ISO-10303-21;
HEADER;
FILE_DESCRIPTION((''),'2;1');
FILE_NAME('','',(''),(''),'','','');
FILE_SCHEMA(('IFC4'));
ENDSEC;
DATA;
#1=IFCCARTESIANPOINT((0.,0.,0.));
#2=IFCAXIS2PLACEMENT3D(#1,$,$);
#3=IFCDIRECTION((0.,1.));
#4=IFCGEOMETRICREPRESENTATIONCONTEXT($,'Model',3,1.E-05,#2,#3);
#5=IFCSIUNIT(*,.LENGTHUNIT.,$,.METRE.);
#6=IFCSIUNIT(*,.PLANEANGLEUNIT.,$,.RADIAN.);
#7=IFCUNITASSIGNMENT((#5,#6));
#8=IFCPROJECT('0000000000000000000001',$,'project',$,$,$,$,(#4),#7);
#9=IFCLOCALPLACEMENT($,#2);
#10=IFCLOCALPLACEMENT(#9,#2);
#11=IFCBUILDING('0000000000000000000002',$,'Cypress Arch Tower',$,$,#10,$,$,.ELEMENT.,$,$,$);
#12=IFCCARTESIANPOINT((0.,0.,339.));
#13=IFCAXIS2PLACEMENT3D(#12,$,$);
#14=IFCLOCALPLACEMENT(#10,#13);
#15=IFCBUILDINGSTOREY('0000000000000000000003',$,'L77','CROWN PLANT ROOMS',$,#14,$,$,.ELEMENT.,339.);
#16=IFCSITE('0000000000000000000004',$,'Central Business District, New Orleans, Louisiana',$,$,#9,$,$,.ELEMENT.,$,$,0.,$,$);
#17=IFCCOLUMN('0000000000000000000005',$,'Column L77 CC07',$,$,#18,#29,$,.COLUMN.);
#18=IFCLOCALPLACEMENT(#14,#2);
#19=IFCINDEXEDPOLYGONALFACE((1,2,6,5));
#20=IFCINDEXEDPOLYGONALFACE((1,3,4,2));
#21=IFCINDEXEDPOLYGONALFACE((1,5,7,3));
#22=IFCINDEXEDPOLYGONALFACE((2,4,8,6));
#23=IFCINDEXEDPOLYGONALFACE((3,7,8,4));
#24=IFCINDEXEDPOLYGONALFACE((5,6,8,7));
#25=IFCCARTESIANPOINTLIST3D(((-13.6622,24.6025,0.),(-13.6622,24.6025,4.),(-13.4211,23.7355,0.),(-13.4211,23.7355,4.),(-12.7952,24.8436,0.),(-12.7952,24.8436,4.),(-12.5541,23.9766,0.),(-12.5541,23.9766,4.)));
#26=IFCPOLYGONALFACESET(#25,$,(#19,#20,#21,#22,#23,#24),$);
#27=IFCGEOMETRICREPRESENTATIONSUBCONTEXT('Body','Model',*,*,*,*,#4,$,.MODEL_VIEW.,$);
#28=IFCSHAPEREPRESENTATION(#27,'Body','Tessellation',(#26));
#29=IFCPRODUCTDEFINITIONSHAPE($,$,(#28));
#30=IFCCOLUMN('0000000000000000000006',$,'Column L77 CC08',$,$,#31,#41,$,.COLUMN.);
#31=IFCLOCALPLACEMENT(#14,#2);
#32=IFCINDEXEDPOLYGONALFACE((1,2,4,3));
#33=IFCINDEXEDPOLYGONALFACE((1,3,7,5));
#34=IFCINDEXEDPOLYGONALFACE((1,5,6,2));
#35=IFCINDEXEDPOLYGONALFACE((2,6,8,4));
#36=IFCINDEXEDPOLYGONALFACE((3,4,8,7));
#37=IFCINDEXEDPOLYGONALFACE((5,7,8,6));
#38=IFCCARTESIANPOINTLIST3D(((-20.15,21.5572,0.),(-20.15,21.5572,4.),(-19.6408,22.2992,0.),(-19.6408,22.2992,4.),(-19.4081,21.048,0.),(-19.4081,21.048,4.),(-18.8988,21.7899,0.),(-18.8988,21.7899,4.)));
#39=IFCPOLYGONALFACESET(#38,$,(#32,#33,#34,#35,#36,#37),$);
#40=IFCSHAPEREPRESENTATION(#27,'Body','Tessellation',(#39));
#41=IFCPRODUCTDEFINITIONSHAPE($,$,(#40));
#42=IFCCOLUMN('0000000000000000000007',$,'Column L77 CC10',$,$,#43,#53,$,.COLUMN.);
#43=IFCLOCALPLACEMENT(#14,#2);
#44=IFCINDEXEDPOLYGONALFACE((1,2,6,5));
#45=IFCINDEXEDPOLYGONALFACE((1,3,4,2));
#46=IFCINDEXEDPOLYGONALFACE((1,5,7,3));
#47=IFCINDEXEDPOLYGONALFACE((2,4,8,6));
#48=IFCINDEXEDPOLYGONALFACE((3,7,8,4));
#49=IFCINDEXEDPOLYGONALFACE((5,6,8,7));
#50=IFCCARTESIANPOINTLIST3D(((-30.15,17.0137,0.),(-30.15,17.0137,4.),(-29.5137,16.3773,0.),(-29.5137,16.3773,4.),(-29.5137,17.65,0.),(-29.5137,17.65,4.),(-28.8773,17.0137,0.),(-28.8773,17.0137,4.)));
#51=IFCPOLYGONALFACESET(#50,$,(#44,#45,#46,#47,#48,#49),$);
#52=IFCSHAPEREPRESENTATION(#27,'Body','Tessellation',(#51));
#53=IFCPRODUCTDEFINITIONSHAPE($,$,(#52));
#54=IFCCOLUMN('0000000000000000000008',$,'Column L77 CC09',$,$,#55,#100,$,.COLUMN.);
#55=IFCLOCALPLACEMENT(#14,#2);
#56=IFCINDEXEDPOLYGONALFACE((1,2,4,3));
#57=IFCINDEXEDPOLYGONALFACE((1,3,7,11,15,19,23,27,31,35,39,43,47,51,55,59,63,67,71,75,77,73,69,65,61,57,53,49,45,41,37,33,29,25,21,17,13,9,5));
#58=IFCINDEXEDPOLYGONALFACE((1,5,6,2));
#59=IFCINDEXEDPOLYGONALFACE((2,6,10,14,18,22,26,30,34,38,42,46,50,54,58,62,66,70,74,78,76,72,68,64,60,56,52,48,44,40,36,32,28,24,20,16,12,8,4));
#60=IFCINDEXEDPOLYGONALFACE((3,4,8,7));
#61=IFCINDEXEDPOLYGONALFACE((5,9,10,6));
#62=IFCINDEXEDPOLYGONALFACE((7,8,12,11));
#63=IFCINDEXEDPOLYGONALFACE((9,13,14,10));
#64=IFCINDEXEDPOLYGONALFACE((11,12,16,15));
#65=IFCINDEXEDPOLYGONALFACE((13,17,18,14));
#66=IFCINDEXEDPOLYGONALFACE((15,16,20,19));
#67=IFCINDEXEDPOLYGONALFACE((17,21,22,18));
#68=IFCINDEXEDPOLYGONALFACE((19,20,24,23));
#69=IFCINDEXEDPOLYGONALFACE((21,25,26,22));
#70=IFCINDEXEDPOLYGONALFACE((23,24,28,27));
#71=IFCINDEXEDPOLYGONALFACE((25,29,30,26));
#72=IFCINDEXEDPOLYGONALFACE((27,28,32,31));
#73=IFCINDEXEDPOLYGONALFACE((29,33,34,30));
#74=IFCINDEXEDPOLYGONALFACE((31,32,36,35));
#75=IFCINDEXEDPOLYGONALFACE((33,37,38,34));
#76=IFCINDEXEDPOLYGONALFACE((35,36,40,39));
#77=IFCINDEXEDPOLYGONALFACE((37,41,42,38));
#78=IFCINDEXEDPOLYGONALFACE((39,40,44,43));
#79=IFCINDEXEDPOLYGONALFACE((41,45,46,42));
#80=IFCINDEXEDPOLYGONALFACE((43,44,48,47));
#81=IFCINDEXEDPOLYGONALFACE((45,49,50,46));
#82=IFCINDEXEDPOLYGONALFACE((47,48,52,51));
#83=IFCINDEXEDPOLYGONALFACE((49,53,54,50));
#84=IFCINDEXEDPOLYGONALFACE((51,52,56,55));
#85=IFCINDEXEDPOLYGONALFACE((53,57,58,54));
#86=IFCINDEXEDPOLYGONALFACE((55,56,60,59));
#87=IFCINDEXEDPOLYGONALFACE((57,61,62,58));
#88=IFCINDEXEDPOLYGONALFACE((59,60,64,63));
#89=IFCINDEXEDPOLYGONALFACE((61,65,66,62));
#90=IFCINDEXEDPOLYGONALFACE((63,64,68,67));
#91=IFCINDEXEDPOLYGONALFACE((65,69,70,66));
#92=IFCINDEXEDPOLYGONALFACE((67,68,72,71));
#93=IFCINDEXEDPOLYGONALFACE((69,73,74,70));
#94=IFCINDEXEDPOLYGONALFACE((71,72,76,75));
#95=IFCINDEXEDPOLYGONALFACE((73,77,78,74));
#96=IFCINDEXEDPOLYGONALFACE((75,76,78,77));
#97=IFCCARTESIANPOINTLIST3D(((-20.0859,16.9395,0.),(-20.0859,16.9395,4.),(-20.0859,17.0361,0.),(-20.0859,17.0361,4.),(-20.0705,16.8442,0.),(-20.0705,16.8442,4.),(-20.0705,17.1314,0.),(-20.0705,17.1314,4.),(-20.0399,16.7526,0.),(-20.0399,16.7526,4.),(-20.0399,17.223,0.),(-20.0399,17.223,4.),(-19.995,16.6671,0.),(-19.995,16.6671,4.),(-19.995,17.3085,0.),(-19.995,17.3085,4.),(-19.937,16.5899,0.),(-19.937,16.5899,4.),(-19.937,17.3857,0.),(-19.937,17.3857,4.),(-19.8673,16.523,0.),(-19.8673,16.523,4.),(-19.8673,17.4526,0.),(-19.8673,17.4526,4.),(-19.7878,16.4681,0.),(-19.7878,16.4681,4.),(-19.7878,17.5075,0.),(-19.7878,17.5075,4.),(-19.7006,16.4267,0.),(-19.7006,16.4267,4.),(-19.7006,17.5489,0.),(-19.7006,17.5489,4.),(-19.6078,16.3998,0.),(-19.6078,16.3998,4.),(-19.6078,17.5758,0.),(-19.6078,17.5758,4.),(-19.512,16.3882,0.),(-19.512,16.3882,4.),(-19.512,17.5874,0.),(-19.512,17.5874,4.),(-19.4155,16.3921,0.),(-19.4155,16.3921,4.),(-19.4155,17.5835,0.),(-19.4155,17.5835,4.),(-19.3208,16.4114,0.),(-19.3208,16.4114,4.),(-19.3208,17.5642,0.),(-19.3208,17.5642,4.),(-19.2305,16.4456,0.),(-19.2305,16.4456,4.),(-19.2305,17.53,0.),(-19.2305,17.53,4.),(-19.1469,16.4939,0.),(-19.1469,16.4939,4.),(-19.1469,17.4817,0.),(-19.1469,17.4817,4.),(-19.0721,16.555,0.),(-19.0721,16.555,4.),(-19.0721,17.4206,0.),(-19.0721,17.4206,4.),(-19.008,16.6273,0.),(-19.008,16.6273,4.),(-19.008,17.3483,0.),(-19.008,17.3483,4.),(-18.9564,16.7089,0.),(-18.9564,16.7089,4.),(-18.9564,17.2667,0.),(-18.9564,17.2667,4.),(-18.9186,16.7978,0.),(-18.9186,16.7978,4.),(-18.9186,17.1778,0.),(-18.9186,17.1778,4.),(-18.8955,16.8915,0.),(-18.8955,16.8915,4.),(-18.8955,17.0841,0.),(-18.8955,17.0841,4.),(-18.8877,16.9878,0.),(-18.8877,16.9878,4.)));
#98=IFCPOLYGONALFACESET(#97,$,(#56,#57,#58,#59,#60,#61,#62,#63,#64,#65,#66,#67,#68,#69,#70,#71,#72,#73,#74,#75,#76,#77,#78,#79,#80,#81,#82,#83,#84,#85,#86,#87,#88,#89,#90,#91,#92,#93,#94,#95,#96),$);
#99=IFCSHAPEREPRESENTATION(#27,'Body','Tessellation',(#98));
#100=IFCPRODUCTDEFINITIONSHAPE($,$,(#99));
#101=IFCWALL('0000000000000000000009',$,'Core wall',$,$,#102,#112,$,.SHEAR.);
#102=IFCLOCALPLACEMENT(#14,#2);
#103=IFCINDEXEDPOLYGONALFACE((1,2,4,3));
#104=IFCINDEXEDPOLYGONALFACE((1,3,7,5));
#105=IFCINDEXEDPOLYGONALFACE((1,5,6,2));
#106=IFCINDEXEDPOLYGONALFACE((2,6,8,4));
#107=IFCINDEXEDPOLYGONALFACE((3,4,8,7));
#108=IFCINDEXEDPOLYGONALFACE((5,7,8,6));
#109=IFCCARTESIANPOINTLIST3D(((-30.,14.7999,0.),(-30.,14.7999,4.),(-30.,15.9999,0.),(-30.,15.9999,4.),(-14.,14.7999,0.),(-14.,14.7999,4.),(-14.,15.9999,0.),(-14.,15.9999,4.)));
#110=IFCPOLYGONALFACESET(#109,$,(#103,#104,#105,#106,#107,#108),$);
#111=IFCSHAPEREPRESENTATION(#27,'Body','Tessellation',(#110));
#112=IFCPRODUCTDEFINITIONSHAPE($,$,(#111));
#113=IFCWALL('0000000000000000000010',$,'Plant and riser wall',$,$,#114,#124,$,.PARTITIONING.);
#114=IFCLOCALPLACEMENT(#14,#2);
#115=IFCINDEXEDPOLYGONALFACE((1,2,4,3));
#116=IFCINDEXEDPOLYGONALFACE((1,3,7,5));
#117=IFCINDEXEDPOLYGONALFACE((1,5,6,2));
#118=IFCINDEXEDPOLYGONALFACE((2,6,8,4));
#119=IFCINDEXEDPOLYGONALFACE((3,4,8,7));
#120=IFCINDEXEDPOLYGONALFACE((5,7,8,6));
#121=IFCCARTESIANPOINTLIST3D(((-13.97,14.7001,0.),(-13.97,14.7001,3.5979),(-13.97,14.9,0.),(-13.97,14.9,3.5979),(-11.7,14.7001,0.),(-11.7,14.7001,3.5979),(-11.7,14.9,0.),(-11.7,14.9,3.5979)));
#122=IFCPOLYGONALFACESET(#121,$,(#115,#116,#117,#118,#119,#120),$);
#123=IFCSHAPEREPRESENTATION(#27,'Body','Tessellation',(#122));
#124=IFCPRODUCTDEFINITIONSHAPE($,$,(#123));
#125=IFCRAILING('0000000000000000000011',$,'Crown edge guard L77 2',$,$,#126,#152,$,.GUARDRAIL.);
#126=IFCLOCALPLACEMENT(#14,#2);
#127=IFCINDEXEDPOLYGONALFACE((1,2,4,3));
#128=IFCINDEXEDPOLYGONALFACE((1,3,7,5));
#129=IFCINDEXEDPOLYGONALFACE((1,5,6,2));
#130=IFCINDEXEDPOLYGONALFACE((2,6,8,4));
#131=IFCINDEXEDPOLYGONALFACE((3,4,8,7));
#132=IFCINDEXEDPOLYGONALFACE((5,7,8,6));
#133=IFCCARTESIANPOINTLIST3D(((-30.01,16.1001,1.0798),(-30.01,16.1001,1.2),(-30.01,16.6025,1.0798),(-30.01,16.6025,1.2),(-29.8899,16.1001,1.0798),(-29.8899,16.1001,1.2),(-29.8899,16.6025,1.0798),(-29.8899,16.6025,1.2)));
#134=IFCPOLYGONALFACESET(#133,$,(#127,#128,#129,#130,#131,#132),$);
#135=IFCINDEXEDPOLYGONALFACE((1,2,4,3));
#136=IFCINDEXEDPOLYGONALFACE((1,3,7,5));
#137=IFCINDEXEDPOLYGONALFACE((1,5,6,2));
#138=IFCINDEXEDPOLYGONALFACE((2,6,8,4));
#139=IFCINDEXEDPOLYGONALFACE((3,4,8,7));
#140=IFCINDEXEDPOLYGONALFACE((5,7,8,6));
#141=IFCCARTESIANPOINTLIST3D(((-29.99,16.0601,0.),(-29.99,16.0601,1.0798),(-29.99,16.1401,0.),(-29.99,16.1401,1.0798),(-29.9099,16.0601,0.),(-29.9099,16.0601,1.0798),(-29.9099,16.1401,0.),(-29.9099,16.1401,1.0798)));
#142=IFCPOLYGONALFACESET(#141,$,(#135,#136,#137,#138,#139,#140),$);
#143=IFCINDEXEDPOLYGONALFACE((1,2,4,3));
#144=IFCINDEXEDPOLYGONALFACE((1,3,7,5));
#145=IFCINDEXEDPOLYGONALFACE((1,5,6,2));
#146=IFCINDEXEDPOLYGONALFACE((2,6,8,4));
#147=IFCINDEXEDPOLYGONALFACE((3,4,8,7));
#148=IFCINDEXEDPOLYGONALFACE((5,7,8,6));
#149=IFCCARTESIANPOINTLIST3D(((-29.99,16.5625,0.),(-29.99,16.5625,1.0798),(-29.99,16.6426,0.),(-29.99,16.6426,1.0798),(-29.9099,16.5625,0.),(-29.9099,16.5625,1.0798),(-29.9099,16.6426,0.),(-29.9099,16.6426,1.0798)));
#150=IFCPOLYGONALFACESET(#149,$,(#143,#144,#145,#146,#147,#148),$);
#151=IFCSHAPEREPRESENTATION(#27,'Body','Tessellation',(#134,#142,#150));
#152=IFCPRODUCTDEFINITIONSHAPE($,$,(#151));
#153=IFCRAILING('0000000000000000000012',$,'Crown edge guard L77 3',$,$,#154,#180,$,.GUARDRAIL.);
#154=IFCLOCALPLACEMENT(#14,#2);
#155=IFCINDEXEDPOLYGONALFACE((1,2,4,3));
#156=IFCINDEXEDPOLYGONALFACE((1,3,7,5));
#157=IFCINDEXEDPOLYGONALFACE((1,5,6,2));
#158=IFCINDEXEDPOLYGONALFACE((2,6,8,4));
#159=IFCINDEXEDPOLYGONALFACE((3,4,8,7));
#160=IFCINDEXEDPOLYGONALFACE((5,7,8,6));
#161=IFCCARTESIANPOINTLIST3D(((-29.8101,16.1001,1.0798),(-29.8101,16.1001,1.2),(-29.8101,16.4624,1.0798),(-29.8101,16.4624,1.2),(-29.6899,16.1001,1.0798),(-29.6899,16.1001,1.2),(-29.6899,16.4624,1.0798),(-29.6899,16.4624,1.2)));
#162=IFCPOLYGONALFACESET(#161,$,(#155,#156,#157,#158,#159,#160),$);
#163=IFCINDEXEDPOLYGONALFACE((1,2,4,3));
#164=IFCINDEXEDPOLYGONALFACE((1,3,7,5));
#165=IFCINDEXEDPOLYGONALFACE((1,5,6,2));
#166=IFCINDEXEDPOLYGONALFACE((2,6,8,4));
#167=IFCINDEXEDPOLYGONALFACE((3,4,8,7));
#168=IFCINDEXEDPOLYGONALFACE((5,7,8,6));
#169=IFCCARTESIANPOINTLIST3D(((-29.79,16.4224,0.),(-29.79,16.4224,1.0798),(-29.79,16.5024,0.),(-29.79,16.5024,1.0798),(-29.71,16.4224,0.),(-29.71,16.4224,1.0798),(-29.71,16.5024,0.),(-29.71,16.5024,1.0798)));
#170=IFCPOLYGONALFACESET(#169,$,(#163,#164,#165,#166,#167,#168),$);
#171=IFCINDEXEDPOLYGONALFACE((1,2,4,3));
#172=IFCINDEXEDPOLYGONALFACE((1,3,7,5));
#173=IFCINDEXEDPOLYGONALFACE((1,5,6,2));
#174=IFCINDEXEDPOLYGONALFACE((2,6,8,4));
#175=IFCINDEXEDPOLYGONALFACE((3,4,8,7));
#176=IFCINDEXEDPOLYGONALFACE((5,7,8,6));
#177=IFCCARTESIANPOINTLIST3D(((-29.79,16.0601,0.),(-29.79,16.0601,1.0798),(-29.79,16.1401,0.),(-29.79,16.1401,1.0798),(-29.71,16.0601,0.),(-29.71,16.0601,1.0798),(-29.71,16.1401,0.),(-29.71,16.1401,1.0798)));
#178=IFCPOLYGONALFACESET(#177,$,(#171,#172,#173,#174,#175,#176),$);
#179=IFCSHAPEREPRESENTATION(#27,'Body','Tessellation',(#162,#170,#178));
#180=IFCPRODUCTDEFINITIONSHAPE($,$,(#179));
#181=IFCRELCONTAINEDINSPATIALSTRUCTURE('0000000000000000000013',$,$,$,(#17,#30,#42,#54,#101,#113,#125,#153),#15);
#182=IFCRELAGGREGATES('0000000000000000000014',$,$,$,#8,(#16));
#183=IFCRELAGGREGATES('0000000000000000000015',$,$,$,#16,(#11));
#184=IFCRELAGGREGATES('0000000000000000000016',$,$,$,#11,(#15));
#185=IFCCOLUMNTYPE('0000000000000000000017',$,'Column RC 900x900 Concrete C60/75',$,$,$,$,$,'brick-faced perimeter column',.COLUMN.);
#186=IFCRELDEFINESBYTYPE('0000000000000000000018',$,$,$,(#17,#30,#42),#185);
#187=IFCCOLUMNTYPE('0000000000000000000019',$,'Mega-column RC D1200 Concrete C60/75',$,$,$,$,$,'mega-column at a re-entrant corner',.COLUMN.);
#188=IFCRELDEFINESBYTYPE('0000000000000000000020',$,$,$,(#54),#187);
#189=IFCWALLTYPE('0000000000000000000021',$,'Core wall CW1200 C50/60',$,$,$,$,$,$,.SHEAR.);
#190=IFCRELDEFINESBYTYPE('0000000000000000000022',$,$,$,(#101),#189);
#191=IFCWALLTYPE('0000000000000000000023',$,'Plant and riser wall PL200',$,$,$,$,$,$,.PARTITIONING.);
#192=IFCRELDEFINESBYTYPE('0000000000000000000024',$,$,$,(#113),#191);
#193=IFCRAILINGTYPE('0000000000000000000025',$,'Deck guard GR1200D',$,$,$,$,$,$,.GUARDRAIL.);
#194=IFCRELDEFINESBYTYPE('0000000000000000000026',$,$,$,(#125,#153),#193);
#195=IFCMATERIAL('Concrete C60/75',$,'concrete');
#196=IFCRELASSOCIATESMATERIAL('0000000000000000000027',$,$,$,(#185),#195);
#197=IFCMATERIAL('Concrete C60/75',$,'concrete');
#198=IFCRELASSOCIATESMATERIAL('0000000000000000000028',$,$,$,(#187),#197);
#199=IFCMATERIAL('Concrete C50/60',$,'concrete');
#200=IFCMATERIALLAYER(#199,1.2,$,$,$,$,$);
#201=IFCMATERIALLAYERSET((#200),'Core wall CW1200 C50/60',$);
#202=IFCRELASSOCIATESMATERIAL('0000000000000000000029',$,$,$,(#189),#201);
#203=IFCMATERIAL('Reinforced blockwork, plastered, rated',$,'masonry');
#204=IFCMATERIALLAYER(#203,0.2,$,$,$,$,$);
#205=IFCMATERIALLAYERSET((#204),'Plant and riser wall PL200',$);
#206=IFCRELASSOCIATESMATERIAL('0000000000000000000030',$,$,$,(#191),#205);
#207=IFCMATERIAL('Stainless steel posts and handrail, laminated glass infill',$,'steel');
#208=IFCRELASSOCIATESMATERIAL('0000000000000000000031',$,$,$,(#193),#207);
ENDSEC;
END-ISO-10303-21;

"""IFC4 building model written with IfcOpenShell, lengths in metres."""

from ifc_helpers import new_model, si_unit, direction, frame, frame_2d, origin, origin_2d, place, context, subcontext, project, spatial, rectangle, circle, extrude, material, layer, layer_set, material_profile, profile_set, type_object, element, save


model = new_model("IFC4")

# Units and contexts
model_context = context("Model", 3, precision=1e-05, world=origin(), true_north=direction((0.0, 1.0)))
body_context = subcontext(model_context, "Body", "Model", "MODEL_VIEW")
ifc_project = project(units=[si_unit("LENGTHUNIT", "METRE"), si_unit("PLANEANGLEUNIT", "RADIAN")], contexts=[model_context])

# Site, building, storey
site_placement = place(None, origin())
site = spatial("IfcSite", under=ifc_project, at=site_placement, Name="Central Business District, New Orleans, Louisiana", CompositionType="ELEMENT", RefElevation=0.0)
building_placement = place(site_placement, origin())
building = spatial("IfcBuilding", under=site, at=building_placement, Name="Cypress Arch Tower", CompositionType="ELEMENT")
storey_placement = place(building_placement, frame((0.0, 0.0, 339.0)))
storey = spatial("IfcBuildingStorey", under=building, at=storey_placement, Name="L77", Description="CROWN PLANT ROOMS", CompositionType="ELEMENT", Elevation=339.0)

# Columns
ifc_material_1 = material(Name="Concrete C60/75", Category="concrete")
ifc_material_profile_1 = material_profile(ifc_material_1, rectangle(XDim=0.8999, YDim=0.8999, at=origin_2d()), Name="RC 900x900")
ifc_profile_set_1 = profile_set([ifc_material_profile_1], Name="Concrete C60/75")
column_type_1 = type_object("IfcColumnType", Name="Column RC 900x900 Concrete C60/75", ElementType="brick-faced perimeter column", PredefinedType="COLUMN", material=ifc_profile_set_1)
for number, where, z_axis, x_axis, name in (
    (1, (-13.1082, 24.2896, 0.0), (0.0, 0.0, 1.0), (-0.963456, -0.267868, 0.0), "Column L77 CC07"),
    (2, (-19.5244, 21.6736, 0.0), (0.0, 0.0, 1.0), (-0.565893, -0.824479, 0.0), "Column L77 CC08"),
    (3, (-29.5137, 17.0137, 0.0), (0.0, 0.0, 1.0), (-0.707107, -0.707107, 0.0), "Column L77 CC10"),
):
    element("IfcColumn", number, at=place(storey_placement, frame(where, z_axis=z_axis, x_axis=x_axis)), inside=storey, type_object=column_type_1, Name=name, PredefinedType="COLUMN", context=body_context, shape_type="SweptSolid", body=[
        extrude(rectangle(XDim=0.8999, YDim=0.8999, at=origin_2d()), origin(), (0.0, 0.0, 1.0), 4.0),
    ])
ifc_material_2 = material(Name="Concrete C60/75", Category="concrete")
ifc_material_profile_2 = material_profile(ifc_material_2, circle(Radius=0.6001, at=origin_2d()), Name="RC D1200")
ifc_profile_set_2 = profile_set([ifc_material_profile_2], Name="Concrete C60/75")
column_type_2 = type_object("IfcColumnType", Name="Mega-column RC D1200 Concrete C60/75", ElementType="mega-column at a re-entrant corner", PredefinedType="COLUMN", material=ifc_profile_set_2)
column_placement = place(storey_placement, frame((-19.4878, 16.9878, 0.0), z_axis=(0.0, 0.0, 1.0), x_axis=(1.0, 0.0, 0.0)))
element("IfcColumn", 4, at=column_placement, inside=storey, type_object=column_type_2, Name="Column L77 CC09", PredefinedType="COLUMN", context=body_context, shape_type="SweptSolid", body=[
    extrude(circle(Radius=0.6001, at=origin_2d()), origin(), (0.0, 0.0, 1.0), 4.0),
])

# Walls
ifc_material_3 = material(Name="Concrete C50/60", Category="concrete")
ifc_layer_1 = layer(ifc_material_3, 1.2)
ifc_layer_set_1 = layer_set([ifc_layer_1], Name="Core wall CW1200 C50/60")
wall_type_1 = type_object("IfcWallType", Name="Core wall CW1200 C50/60", PredefinedType="SHEAR", material=ifc_layer_set_1)
wall_1_placement = place(storey_placement, frame((-30.0, 15.3999, 0.0), z_axis=(0.0, 0.0, 1.0), x_axis=(1.0, 0.0, 0.0)))
element("IfcWall", 5, at=wall_1_placement, inside=storey, type_object=wall_type_1, Name="Core wall", PredefinedType="SHEAR", context=body_context, shape_type="SweptSolid", body=[
    extrude(rectangle(XDim=16.0, YDim=1.2, at=frame_2d((8.0, 0.0))), origin(), (0.0, 0.0, 1.0), 4.0),
])
ifc_material_4 = material(Name="Reinforced blockwork, plastered, rated", Category="masonry")
ifc_layer_2 = layer(ifc_material_4, 0.2)
ifc_layer_set_2 = layer_set([ifc_layer_2], Name="Plant and riser wall PL200")
wall_type_2 = type_object("IfcWallType", Name="Plant and riser wall PL200", PredefinedType="PARTITIONING", material=ifc_layer_set_2)
wall_2_placement = place(storey_placement, frame((-13.97, 14.8, 0.0), z_axis=(0.0, 0.0, 1.0), x_axis=(1.0, 0.0, 0.0)))
element("IfcWall", 6, at=wall_2_placement, inside=storey, type_object=wall_type_2, Name="Plant and riser wall", PredefinedType="PARTITIONING", context=body_context, shape_type="SweptSolid", body=[
    extrude(rectangle(XDim=2.27, YDim=0.2, at=frame_2d((1.135, 0.0))), origin(), (0.0, 0.0, 1.0), 3.5979),
])

# Railings
ifc_material_5 = material(Name="Stainless steel posts and handrail, laminated glass infill", Category="steel")
railing_type_1 = type_object("IfcRailingType", Name="Deck guard GR1200D", PredefinedType="GUARDRAIL", material=ifc_material_5)
railing_1_placement = place(storey_placement, frame((-29.95, 16.1001, 0.0)))
element("IfcRailing", 7, at=railing_1_placement, inside=storey, type_object=railing_type_1, Name="Crown edge guard L77 2", PredefinedType="GUARDRAIL", context=body_context, shape_type="SweptSolid", body=[
    extrude(rectangle(XDim=0.1201, YDim=0.1201, at=origin_2d()), frame((0.0, 0.0, 1.1399), z_axis=(0.0, 1.0, 0.0), x_axis=(-1.0, 0.0, 0.0)), (0.0, 0.0, 1.0), 0.5024),
    extrude(rectangle(XDim=0.0801, YDim=0.0801, at=origin_2d()), origin(), (0.0, 0.0, 1.0), 1.0798),
    extrude(rectangle(XDim=0.0801, YDim=0.0801, at=origin_2d()), frame((0.0, 0.5024, 0.0)), (0.0, 0.0, 1.0), 1.0798),
])
railing_2_placement = place(storey_placement, frame((-29.75, 16.4624, 0.0)))
element("IfcRailing", 8, at=railing_2_placement, inside=storey, type_object=railing_type_1, Name="Crown edge guard L77 3", PredefinedType="GUARDRAIL", context=body_context, shape_type="SweptSolid", body=[
    extrude(rectangle(XDim=0.1201, YDim=0.1201, at=origin_2d()), frame((0.0, 0.0, 1.1399), z_axis=(0.0, -1.0, 0.0), x_axis=(1.0, 0.0, 0.0)), (0.0, 0.0, 1.0), 0.3623),
    extrude(rectangle(XDim=0.0801, YDim=0.0801, at=origin_2d()), origin(), (0.0, 0.0, 1.0), 1.0798),
    extrude(rectangle(XDim=0.0801, YDim=0.0801, at=origin_2d()), frame((0.0, -0.3623, 0.0)), (0.0, 0.0, 1.0), 1.0798),
])

save(model, "model.ifc")
